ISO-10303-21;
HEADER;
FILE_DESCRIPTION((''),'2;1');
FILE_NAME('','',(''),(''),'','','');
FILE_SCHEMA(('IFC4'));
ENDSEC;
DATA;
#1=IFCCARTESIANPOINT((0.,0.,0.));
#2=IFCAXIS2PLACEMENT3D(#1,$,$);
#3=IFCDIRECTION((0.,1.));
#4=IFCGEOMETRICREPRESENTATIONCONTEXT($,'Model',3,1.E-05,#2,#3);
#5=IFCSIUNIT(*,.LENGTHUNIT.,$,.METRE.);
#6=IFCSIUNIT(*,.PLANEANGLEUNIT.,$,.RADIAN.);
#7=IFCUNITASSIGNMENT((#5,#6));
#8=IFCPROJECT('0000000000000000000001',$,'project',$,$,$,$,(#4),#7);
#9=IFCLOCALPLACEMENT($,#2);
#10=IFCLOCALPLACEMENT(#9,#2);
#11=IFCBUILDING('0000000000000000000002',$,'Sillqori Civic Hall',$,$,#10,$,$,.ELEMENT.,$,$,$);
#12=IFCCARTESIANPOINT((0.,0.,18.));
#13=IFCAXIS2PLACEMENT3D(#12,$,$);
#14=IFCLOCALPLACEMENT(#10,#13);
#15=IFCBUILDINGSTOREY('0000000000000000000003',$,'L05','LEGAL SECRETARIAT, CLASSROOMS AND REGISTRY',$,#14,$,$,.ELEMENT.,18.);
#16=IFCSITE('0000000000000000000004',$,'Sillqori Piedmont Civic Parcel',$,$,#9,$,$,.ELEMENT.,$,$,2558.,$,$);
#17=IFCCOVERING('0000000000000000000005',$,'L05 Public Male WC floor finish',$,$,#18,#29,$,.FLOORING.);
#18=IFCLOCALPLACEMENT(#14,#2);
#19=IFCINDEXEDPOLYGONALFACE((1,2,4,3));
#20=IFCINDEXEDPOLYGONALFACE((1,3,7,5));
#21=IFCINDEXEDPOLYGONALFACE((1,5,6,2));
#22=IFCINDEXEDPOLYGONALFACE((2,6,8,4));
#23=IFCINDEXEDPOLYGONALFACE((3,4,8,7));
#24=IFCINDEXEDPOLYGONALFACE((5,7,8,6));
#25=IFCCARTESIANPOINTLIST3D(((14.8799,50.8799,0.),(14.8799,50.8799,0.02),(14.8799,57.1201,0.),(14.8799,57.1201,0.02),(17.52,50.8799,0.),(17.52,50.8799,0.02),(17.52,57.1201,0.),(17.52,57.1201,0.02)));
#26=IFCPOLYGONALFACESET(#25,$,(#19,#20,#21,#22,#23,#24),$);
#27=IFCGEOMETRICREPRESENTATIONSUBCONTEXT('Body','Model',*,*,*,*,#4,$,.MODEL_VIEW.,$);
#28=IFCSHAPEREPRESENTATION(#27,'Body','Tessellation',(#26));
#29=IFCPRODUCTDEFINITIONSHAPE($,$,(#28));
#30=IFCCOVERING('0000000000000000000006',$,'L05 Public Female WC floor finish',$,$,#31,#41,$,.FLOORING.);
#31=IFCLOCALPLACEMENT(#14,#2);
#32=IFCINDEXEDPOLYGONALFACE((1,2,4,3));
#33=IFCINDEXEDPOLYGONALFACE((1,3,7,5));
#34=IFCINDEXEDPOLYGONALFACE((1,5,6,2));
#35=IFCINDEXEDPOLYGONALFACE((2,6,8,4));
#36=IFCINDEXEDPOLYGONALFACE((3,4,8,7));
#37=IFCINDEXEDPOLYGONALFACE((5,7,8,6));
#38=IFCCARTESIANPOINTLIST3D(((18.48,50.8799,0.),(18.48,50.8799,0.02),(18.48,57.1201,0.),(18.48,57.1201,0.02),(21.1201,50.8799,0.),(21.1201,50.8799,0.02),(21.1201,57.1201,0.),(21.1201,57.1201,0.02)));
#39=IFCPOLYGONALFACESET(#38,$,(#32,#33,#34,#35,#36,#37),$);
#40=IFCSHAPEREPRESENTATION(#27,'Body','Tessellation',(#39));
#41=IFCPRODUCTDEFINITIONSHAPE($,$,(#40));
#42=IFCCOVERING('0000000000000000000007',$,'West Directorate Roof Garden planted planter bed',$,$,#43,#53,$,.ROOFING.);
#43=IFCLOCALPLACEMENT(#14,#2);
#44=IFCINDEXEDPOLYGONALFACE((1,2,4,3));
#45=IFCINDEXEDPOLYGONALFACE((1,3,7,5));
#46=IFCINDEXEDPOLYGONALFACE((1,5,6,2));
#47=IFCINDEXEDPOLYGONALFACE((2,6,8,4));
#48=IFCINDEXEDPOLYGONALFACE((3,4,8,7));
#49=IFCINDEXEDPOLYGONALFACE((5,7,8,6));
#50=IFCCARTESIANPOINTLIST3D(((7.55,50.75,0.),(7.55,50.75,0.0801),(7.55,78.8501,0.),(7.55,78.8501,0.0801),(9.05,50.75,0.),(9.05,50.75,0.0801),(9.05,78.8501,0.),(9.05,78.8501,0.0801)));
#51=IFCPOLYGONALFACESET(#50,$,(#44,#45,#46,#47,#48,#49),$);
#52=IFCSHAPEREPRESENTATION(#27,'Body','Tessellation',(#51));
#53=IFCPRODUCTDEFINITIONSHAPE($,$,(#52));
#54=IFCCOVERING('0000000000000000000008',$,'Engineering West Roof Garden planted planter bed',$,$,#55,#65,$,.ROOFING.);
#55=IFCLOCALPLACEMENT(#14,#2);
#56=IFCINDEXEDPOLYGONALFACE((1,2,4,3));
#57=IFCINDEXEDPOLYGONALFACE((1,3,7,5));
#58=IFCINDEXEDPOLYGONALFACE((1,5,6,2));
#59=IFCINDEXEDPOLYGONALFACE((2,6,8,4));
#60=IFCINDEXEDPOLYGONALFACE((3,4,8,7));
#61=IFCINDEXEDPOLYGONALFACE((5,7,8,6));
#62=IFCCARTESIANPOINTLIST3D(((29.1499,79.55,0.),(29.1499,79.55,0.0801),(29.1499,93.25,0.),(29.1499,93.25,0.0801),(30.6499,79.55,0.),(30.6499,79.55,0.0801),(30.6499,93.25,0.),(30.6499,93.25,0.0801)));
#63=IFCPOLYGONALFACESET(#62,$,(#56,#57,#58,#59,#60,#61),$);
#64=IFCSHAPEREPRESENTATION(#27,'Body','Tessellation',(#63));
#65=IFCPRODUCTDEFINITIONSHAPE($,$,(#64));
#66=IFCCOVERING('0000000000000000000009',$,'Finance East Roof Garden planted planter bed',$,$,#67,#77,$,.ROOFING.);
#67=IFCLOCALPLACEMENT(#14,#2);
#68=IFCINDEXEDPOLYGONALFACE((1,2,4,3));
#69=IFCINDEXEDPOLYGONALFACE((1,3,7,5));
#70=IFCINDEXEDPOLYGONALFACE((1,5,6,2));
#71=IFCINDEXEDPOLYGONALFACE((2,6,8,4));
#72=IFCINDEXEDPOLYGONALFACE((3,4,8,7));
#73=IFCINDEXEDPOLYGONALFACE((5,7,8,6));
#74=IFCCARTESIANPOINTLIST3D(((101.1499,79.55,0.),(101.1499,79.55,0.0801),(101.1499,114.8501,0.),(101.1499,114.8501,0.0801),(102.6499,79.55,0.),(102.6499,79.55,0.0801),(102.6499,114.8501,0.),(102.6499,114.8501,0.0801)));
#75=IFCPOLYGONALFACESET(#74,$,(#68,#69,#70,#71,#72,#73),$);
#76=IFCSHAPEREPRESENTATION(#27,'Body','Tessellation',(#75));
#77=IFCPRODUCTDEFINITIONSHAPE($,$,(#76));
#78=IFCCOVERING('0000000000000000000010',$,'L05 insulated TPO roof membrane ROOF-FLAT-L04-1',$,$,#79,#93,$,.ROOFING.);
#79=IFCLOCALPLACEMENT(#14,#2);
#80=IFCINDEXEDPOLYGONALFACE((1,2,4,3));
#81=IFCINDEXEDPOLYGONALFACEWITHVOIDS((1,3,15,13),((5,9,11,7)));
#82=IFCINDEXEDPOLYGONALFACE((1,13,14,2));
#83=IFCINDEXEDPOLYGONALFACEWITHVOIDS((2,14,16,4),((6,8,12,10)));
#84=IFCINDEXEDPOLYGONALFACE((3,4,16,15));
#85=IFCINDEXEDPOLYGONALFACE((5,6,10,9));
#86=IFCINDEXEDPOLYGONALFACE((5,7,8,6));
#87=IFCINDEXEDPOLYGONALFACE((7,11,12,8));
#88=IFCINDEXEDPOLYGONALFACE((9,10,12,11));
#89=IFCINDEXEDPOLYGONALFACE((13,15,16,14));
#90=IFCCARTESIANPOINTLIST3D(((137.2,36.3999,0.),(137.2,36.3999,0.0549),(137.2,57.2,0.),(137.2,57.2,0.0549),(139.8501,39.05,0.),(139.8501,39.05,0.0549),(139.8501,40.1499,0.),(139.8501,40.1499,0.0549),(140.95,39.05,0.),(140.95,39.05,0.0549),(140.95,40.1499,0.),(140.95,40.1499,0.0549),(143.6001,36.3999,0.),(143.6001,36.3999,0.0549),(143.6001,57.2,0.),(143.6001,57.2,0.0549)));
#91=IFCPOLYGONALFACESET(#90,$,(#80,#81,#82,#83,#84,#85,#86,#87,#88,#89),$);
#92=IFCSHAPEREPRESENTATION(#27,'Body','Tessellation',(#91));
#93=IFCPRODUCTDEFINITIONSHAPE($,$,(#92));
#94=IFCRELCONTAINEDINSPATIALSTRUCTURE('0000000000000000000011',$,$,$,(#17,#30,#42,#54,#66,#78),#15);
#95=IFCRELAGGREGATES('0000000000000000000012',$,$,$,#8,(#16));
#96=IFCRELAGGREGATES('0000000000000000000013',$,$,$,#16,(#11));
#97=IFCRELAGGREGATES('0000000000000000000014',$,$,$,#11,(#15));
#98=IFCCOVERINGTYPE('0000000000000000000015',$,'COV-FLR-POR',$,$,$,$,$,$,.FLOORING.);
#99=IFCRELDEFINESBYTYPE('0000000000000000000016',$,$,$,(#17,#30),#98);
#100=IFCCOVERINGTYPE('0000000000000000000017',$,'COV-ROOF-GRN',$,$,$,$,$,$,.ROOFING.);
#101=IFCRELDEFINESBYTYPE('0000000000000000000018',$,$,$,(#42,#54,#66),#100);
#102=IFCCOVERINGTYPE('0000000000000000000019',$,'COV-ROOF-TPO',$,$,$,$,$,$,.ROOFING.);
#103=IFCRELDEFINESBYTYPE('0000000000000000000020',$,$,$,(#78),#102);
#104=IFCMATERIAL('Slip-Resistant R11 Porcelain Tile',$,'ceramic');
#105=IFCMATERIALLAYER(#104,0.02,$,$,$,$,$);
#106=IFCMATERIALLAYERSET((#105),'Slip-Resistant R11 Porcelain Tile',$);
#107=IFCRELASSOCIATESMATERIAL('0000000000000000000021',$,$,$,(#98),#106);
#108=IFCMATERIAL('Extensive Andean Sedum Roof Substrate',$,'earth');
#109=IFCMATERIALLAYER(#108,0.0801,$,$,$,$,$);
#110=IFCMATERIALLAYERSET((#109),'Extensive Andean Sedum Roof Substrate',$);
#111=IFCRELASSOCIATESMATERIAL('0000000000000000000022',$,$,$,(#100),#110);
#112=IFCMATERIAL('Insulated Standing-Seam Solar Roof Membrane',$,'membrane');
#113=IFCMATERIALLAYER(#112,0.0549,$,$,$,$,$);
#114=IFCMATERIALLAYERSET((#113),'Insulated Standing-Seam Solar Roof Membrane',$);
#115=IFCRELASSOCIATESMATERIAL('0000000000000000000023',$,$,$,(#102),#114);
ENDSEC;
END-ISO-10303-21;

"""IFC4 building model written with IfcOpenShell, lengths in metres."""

from ifc_helpers import new_model, si_unit, direction, frame, origin, place, context, subcontext, project, spatial, polyline, outline, extrude, material, layer, layer_set, type_object, element, save


model = new_model("IFC4")

# Units and contexts
model_context = context("Model", 3, precision=1e-05, world=origin(), true_north=direction((0.0, 1.0)))
body_context = subcontext(model_context, "Body", "Model", "MODEL_VIEW")
ifc_project = project(units=[si_unit("LENGTHUNIT", "METRE"), si_unit("PLANEANGLEUNIT", "RADIAN")], contexts=[model_context])

# Site, building, storey
site_placement = place(None, origin())
site = spatial("IfcSite", under=ifc_project, at=site_placement, Name="Sillqori Piedmont Civic Parcel", CompositionType="ELEMENT", RefElevation=2558.0)
building_placement = place(site_placement, origin())
building = spatial("IfcBuilding", under=site, at=building_placement, Name="Sillqori Civic Hall", CompositionType="ELEMENT")
storey_placement = place(building_placement, frame((0.0, 0.0, 18.0)))
storey = spatial("IfcBuildingStorey", under=building, at=storey_placement, Name="L05", Description="LEGAL SECRETARIAT, CLASSROOMS AND REGISTRY", CompositionType="ELEMENT", Elevation=18.0)

# Coverings
ifc_material_1 = material(Name="Slip-Resistant R11 Porcelain Tile", Category="ceramic")
ifc_layer_1 = layer(ifc_material_1, 0.02)
ifc_layer_set_1 = layer_set([ifc_layer_1], Name="Slip-Resistant R11 Porcelain Tile")
covering_type_1 = type_object("IfcCoveringType", Name="COV-FLR-POR", PredefinedType="FLOORING", material=ifc_layer_set_1)
covering_1_placement = place(storey_placement, origin())
element("IfcCovering", 1, at=covering_1_placement, inside=storey, type_object=covering_type_1, Name="L05 Public Male WC floor finish", PredefinedType="FLOORING", context=body_context, shape_type="SweptSolid", body=[
    extrude(outline(polyline([(14.8799, 50.8799), (17.52, 50.8799), (17.52, 57.1201), (14.8799, 57.1201), (14.8799, 50.8799)])), origin(), (0.0, 0.0, 1.0), 0.02),
])
covering_2_placement = place(storey_placement, origin())
element("IfcCovering", 2, at=covering_2_placement, inside=storey, type_object=covering_type_1, Name="L05 Public Female WC floor finish", PredefinedType="FLOORING", context=body_context, shape_type="SweptSolid", body=[
    extrude(outline(polyline([(18.48, 50.8799), (21.1201, 50.8799), (21.1201, 57.1201), (18.48, 57.1201), (18.48, 50.8799)])), origin(), (0.0, 0.0, 1.0), 0.02),
])
ifc_material_2 = material(Name="Extensive Andean Sedum Roof Substrate", Category="earth")
ifc_layer_2 = layer(ifc_material_2, 0.0801)
ifc_layer_set_2 = layer_set([ifc_layer_2], Name="Extensive Andean Sedum Roof Substrate")
covering_type_2 = type_object("IfcCoveringType", Name="COV-ROOF-GRN", PredefinedType="ROOFING", material=ifc_layer_set_2)
covering_3_placement = place(storey_placement, origin())
element("IfcCovering", 3, at=covering_3_placement, inside=storey, type_object=covering_type_2, Name="West Directorate Roof Garden planted planter bed", PredefinedType="ROOFING", context=body_context, shape_type="SweptSolid", body=[
    extrude(outline(polyline([(7.55, 50.75), (9.05, 50.75), (9.05, 78.8501), (7.55, 78.8501), (7.55, 50.75)])), origin(), (0.0, 0.0, 1.0), 0.0801),
])
covering_4_placement = place(storey_placement, origin())
element("IfcCovering", 4, at=covering_4_placement, inside=storey, type_object=covering_type_2, Name="Engineering West Roof Garden planted planter bed", PredefinedType="ROOFING", context=body_context, shape_type="SweptSolid", body=[
    extrude(outline(polyline([(29.1499, 79.55), (30.6499, 79.55), (30.6499, 93.25), (29.1499, 93.25), (29.1499, 79.55)])), origin(), (0.0, 0.0, 1.0), 0.0801),
])
covering_5_placement = place(storey_placement, origin())
element("IfcCovering", 5, at=covering_5_placement, inside=storey, type_object=covering_type_2, Name="Finance East Roof Garden planted planter bed", PredefinedType="ROOFING", context=body_context, shape_type="SweptSolid", body=[
    extrude(outline(polyline([(101.1499, 79.55), (102.6499, 79.55), (102.6499, 114.8501), (101.1499, 114.8501), (101.1499, 79.55)])), origin(), (0.0, 0.0, 1.0), 0.0801),
])
ifc_material_3 = material(Name="Insulated Standing-Seam Solar Roof Membrane", Category="membrane")
ifc_layer_3 = layer(ifc_material_3, 0.0549)
ifc_layer_set_3 = layer_set([ifc_layer_3], Name="Insulated Standing-Seam Solar Roof Membrane")
covering_type_3 = type_object("IfcCoveringType", Name="COV-ROOF-TPO", PredefinedType="ROOFING", material=ifc_layer_set_3)
covering_6_placement = place(storey_placement, origin())
element("IfcCovering", 6, at=covering_6_placement, inside=storey, type_object=covering_type_3, Name="L05 insulated TPO roof membrane ROOF-FLAT-L04-1", PredefinedType="ROOFING", context=body_context, shape_type="SweptSolid", body=[
    extrude(outline(polyline([(137.2, 36.3999), (143.6001, 36.3999), (143.6001, 57.2), (137.2, 57.2), (137.2, 36.3999)]), holes=[polyline([(139.8501, 39.05), (139.8501, 40.1499), (140.95, 40.1499), (140.95, 39.05), (139.8501, 39.05)])]), origin(), (0.0, 0.0, 1.0), 0.0549),
])

save(model, "model.ifc")
